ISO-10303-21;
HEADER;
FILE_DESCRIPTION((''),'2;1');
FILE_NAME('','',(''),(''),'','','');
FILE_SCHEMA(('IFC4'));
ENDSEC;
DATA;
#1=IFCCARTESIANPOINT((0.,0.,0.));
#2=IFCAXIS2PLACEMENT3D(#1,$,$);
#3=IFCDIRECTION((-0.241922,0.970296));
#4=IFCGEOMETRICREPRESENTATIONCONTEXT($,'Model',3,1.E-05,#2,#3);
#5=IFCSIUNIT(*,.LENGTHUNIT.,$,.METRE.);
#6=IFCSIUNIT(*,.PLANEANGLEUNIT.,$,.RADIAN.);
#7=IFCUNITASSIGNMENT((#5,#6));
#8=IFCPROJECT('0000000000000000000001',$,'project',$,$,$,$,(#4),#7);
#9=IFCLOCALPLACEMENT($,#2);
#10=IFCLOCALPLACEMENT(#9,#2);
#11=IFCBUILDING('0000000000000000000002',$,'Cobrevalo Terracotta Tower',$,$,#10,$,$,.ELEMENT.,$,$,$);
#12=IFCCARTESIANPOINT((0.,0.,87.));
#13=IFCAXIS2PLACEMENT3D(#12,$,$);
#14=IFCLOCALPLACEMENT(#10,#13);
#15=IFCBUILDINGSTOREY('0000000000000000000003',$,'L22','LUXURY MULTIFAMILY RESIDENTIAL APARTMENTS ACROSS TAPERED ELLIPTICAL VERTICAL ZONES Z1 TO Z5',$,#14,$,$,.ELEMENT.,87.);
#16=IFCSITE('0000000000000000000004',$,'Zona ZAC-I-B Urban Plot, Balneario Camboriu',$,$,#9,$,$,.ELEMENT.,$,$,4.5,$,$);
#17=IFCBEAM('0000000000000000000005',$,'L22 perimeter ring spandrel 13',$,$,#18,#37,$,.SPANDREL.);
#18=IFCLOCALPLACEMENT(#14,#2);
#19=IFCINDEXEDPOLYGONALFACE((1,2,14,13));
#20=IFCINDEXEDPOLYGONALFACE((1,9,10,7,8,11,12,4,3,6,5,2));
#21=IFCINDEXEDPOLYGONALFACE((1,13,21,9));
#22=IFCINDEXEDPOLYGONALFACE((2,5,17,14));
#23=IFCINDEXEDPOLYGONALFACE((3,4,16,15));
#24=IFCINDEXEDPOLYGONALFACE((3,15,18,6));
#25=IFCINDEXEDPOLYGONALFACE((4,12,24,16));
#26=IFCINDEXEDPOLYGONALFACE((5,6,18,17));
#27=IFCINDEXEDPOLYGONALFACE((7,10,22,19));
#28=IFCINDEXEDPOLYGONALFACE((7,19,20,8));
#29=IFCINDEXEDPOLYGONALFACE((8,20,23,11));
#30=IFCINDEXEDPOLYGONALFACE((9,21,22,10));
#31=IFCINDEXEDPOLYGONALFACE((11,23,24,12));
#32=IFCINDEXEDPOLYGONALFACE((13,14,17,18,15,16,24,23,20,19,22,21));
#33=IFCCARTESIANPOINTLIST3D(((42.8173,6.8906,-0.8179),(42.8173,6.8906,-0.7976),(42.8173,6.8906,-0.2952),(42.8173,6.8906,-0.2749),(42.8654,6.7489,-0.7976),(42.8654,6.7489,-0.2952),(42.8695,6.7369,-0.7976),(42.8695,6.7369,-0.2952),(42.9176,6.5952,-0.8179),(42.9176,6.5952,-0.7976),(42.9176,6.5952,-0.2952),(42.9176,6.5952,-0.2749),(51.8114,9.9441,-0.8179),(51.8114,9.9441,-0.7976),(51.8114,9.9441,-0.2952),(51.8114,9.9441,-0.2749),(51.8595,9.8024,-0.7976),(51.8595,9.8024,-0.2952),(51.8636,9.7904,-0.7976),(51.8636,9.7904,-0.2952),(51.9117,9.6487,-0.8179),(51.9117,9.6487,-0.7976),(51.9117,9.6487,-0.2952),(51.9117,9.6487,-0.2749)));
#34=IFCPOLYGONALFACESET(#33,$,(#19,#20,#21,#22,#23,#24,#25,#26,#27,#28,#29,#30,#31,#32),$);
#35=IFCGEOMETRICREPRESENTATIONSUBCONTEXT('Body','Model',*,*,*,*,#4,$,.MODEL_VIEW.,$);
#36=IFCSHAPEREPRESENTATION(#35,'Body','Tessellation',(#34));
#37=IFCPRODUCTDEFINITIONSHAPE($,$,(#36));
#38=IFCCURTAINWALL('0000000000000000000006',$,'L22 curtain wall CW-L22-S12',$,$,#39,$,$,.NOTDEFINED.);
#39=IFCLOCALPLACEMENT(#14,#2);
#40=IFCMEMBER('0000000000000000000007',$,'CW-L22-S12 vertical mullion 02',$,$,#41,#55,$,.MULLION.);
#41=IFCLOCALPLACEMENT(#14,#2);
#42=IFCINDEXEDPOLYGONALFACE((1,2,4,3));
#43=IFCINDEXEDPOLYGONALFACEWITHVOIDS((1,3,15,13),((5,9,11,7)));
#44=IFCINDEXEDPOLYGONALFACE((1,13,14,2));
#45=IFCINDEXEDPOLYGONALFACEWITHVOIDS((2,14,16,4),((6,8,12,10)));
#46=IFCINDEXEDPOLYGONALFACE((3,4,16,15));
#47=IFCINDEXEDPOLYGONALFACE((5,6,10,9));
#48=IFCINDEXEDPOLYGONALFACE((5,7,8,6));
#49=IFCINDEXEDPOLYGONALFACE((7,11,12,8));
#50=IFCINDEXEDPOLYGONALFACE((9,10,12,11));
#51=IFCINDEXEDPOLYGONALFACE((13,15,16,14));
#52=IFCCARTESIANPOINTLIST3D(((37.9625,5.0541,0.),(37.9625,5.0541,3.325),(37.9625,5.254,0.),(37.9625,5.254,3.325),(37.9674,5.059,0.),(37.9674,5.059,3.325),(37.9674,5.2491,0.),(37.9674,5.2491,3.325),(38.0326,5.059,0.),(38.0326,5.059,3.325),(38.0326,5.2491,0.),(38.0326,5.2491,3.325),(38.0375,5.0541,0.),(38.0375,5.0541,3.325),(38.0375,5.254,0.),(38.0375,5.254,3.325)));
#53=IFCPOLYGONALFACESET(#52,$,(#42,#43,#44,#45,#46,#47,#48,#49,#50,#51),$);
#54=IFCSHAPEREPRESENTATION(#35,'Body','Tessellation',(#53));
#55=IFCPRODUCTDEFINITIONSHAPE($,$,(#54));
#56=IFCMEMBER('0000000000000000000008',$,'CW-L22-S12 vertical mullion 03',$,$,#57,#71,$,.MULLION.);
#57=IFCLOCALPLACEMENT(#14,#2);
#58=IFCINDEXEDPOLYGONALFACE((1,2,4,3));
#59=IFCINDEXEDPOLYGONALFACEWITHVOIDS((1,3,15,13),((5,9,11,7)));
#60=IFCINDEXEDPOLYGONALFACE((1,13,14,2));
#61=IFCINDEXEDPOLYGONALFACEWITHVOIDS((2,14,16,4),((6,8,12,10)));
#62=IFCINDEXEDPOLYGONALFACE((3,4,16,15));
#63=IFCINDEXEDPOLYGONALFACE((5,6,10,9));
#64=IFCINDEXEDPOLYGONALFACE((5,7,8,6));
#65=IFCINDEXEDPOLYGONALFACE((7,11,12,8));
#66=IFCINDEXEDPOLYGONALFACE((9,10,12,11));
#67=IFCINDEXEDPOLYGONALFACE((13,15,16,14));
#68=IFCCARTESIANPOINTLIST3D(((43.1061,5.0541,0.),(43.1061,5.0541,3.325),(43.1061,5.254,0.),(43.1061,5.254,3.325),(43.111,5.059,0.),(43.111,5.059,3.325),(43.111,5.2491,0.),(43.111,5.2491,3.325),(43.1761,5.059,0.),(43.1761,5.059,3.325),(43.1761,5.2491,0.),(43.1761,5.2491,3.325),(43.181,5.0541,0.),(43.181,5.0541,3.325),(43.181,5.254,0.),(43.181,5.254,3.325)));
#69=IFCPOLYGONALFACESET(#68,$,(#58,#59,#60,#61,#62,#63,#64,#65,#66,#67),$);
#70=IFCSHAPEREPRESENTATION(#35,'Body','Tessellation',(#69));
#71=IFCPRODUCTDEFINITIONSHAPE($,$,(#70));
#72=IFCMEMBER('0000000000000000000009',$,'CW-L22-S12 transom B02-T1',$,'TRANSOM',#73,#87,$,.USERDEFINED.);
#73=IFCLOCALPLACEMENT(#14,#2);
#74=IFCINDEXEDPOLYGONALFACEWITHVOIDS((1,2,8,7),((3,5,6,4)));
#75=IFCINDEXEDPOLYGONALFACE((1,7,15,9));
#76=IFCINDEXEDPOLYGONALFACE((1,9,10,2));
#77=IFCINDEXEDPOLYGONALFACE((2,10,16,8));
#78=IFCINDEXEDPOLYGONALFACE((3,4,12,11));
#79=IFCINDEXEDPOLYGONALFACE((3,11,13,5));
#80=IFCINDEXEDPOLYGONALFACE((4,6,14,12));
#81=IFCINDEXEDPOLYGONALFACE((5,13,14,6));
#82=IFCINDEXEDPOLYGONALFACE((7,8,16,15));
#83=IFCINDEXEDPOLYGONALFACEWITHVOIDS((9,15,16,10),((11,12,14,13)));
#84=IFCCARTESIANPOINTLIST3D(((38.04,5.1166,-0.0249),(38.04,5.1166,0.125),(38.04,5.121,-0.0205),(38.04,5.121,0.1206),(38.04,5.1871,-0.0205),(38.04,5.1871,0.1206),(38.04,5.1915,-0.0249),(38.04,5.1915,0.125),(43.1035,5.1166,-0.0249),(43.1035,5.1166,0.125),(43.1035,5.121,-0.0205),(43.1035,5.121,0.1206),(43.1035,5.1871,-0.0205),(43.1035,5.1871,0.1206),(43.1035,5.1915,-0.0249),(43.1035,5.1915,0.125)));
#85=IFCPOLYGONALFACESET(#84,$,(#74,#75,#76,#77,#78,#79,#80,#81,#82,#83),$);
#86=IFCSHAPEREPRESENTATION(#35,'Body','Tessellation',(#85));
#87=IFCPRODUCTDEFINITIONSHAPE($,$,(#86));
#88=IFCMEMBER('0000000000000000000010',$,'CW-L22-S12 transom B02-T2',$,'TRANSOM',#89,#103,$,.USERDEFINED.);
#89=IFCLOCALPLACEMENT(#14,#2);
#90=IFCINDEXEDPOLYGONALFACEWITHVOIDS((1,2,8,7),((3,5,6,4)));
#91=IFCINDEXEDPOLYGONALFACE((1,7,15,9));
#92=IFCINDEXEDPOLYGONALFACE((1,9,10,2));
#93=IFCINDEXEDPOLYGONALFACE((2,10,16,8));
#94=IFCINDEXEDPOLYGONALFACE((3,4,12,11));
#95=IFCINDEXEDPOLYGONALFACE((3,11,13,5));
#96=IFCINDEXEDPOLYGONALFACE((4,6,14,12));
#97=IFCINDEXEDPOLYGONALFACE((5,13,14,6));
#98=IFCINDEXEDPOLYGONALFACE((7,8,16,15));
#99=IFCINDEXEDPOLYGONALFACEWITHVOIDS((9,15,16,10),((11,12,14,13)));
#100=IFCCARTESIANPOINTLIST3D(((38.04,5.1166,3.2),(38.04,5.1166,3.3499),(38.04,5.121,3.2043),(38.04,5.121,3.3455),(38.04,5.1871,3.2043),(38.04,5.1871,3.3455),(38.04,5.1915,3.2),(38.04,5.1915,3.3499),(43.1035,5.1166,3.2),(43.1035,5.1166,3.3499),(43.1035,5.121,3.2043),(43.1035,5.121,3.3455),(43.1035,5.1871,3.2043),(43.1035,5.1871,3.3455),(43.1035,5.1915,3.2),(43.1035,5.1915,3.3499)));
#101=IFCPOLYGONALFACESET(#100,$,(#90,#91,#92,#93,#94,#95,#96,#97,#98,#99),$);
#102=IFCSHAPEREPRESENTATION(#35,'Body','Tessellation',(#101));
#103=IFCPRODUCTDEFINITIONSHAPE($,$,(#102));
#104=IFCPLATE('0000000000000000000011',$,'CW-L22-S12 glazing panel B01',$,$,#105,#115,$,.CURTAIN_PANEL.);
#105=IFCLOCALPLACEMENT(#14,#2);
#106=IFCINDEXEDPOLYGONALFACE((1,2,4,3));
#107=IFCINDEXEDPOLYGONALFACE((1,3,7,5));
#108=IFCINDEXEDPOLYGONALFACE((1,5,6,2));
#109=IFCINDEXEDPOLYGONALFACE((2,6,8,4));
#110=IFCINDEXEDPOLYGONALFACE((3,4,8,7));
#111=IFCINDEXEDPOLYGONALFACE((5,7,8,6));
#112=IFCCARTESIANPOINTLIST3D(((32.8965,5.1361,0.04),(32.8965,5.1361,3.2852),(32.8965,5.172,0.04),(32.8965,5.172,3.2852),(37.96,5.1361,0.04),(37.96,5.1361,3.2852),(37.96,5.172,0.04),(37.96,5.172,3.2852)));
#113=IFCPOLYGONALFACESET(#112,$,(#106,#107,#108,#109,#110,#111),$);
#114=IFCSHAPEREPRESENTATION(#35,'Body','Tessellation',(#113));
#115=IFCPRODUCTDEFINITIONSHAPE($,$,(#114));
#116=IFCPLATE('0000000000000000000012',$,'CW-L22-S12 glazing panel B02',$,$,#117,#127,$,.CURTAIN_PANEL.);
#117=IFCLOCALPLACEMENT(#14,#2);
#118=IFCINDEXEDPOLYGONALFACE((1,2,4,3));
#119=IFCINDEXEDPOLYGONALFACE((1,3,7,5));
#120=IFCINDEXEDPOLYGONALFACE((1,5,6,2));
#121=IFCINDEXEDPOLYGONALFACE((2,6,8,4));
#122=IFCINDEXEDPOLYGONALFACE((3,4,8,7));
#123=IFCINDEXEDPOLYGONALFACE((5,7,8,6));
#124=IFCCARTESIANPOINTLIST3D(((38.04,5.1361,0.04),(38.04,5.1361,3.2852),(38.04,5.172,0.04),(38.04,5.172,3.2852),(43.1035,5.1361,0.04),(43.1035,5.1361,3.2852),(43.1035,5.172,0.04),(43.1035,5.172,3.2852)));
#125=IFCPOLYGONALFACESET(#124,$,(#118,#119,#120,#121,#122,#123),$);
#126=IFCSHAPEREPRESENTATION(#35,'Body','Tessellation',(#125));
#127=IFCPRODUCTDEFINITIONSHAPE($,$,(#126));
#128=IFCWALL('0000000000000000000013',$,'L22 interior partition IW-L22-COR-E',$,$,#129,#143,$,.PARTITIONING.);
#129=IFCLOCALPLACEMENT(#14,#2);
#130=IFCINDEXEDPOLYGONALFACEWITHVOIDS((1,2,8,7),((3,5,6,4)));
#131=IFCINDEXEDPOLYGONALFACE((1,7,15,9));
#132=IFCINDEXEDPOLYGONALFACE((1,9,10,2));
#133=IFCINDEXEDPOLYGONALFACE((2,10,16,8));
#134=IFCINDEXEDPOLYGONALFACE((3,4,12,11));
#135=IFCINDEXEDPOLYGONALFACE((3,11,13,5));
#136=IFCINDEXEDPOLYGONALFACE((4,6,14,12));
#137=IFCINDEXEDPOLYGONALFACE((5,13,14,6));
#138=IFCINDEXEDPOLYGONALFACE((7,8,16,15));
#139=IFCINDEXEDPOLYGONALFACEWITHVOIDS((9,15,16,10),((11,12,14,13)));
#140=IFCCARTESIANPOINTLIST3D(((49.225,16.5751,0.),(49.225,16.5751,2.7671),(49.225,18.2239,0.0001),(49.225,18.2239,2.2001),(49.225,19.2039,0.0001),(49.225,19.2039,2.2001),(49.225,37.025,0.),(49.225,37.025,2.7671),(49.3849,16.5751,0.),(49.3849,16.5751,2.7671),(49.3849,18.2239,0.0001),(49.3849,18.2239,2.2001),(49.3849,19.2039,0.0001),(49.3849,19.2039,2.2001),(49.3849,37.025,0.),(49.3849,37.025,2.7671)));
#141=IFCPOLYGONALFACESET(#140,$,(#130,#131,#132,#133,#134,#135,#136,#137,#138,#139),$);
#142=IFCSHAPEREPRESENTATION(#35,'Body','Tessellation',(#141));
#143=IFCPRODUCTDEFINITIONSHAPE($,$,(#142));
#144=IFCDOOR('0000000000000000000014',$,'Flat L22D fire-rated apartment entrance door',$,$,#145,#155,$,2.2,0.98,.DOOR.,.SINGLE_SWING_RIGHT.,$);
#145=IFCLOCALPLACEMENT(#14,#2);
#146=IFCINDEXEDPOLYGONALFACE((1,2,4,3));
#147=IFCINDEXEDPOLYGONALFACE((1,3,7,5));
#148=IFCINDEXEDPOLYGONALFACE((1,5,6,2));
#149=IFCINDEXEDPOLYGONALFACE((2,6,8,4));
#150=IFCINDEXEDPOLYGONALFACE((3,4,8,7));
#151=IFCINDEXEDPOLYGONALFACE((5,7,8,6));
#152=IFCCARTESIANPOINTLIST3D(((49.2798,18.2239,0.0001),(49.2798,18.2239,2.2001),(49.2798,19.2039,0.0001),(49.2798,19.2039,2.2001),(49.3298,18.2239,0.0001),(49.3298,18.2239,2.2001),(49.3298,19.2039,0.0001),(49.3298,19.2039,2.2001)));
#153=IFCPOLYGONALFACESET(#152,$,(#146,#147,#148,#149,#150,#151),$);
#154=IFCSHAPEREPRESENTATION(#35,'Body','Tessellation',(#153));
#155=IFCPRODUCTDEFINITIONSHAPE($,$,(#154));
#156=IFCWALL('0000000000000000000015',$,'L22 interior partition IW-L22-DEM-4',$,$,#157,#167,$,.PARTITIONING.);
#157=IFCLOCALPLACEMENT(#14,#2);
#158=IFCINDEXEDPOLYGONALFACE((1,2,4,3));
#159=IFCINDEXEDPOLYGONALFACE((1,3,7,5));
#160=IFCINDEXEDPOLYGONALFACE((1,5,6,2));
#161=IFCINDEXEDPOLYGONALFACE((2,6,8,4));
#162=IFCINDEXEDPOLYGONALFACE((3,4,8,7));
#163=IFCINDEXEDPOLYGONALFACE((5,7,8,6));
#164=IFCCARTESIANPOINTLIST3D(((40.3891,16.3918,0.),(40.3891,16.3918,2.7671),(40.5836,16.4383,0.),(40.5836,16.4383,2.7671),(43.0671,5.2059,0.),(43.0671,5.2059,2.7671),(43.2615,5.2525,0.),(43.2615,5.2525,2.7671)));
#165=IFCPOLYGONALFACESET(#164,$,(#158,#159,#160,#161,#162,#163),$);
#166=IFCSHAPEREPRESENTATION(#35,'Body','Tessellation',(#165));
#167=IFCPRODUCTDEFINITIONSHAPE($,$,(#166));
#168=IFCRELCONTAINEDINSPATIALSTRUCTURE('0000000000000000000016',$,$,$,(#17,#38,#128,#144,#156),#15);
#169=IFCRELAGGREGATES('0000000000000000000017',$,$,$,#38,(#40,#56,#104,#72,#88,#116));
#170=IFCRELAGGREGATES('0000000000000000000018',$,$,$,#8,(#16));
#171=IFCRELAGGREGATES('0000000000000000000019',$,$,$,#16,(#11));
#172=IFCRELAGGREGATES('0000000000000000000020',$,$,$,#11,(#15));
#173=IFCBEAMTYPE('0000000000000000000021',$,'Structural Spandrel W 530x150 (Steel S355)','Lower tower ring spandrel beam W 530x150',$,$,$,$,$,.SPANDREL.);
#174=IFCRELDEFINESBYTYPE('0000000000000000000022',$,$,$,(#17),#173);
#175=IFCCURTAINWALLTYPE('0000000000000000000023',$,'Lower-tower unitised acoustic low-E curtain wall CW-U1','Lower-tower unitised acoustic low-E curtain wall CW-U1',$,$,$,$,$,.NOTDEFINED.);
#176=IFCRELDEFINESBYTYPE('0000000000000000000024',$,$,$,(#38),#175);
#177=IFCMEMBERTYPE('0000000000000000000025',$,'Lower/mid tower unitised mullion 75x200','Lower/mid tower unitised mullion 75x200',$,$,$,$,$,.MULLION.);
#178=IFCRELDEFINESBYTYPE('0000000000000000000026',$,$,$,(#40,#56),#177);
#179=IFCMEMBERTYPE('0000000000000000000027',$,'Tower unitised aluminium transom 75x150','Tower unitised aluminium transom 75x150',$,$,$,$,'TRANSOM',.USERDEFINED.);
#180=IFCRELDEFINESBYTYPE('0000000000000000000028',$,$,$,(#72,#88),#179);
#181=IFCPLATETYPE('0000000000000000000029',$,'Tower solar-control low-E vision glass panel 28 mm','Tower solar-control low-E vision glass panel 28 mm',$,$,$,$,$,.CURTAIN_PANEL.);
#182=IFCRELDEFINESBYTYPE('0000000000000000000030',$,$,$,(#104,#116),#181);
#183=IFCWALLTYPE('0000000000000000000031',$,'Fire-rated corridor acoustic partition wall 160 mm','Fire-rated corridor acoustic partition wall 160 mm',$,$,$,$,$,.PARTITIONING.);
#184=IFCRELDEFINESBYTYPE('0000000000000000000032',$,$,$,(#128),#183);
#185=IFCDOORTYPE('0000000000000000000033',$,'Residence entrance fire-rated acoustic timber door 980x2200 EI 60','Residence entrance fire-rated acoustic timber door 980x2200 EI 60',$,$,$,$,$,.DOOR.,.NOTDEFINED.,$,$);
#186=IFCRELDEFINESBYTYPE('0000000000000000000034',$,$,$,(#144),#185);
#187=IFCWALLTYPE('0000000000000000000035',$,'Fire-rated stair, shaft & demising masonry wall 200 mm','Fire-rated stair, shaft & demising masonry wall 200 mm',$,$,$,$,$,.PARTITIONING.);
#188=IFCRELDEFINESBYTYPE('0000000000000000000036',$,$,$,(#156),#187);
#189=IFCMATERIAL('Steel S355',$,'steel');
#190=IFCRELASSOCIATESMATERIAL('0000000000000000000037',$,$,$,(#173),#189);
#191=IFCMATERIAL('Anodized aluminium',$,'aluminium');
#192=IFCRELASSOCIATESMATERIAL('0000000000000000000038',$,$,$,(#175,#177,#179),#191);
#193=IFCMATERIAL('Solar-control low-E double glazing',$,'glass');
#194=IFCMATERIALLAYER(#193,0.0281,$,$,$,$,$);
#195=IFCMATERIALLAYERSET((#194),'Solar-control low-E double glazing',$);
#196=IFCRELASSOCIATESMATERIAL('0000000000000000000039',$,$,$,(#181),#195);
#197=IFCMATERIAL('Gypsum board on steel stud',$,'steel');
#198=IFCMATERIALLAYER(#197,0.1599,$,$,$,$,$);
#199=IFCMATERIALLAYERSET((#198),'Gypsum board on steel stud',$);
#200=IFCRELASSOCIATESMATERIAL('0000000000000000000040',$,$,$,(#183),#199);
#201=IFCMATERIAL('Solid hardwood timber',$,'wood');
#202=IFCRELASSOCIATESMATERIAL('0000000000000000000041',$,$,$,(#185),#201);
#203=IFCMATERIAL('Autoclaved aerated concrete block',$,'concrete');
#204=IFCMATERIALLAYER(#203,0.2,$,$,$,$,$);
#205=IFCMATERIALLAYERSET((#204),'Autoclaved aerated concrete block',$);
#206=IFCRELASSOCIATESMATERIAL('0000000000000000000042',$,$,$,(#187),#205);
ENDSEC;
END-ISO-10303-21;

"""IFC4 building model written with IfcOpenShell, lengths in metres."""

from ifc_helpers import new_model, si_unit, direction, frame, frame_2d, origin, origin_2d, place, context, subcontext, project, spatial, rectangle, hollow_rectangle, i_section, extrude, source, transform, mapped, material, layer, layer_set, material_profile, profile_set, type_object, element, fill, aggregate, save


model = new_model("IFC4")

# Units and contexts
model_context = context("Model", 3, precision=1e-05, world=origin(), true_north=direction((-0.241922, 0.970296)))
body_context = subcontext(model_context, "Body", "Model", "MODEL_VIEW")
ifc_project = project(units=[si_unit("LENGTHUNIT", "METRE"), si_unit("PLANEANGLEUNIT", "RADIAN")], contexts=[model_context])

# Site, building, storey
site_placement = place(None, origin())
site = spatial("IfcSite", under=ifc_project, at=site_placement, Name="Zona ZAC-I-B Urban Plot, Balneario Camboriu", CompositionType="ELEMENT", RefElevation=4.5)
building_placement = place(site_placement, origin())
building = spatial("IfcBuilding", under=site, at=building_placement, Name="Cobrevalo Terracotta Tower", CompositionType="ELEMENT")
storey_placement = place(building_placement, frame((0.0, 0.0, 87.0)))
storey = spatial("IfcBuildingStorey", under=building, at=storey_placement, Name="L22", Description="LUXURY MULTIFAMILY RESIDENTIAL APARTMENTS ACROSS TAPERED ELLIPTICAL VERTICAL ZONES Z1 TO Z5", CompositionType="ELEMENT", Elevation=87.0)

# Shared definitions
ifc_material_1 = material(Name="Steel S355", Category="steel")

# Beam
ifc_material_profile_1 = material_profile(ifc_material_1, i_section(OverallWidth=0.312, OverallDepth=0.543, WebThickness=0.0127, FlangeThickness=0.0203, at=origin_2d()), Name="W 530x150")
ifc_profile_set_1 = profile_set([ifc_material_profile_1], Name="Steel S355")
beam_type_1 = type_object("IfcBeamType", Name="Structural Spandrel W 530x150 (Steel S355)", Description="Lower tower ring spandrel beam W 530x150", PredefinedType="SPANDREL", material=ifc_profile_set_1)
beam_1_placement = place(storey_placement, frame((42.8674, 6.7429, -0.5464), z_axis=(0.946918, 0.321474, 0.0), x_axis=(-0.321474, 0.946918, 0.0)))
element("IfcBeam", 1, at=beam_1_placement, inside=storey, type_object=beam_type_1, Name="L22 perimeter ring spandrel 13", PredefinedType="SPANDREL", context=body_context, shape_type="SweptSolid", body=[
    extrude(i_section(OverallWidth=0.312, OverallDepth=0.543, WebThickness=0.0127, FlangeThickness=0.0203, at=origin_2d()), origin(), (0.0, 0.0, 1.0), 9.4983),
])

# Curtain wall, members, plates
ifc_material_2 = material(Name="Anodized aluminium", Category="aluminium")
curtain_wall_type = type_object("IfcCurtainWallType", Name="Lower-tower unitised acoustic low-E curtain wall CW-U1", Description="Lower-tower unitised acoustic low-E curtain wall CW-U1", PredefinedType="NOTDEFINED", material=ifc_material_2)
curtain_wall_placement = place(storey_placement, origin())
curtain_wall = element("IfcCurtainWall", 2, at=curtain_wall_placement, inside=storey, type_object=curtain_wall_type, Name="L22 curtain wall CW-L22-S12", PredefinedType="NOTDEFINED")
ifc_material_profile_2 = material_profile(ifc_material_2, hollow_rectangle(XDim=0.075, YDim=0.2, WallThickness=0.0049, at=origin_2d()), Name="CWM 75x200")
ifc_profile_set_2 = profile_set([ifc_material_profile_2], Name="Anodized aluminium")
member_type_1 = type_object("IfcMemberType", Name="Lower/mid tower unitised mullion 75x200", Description="Lower/mid tower unitised mullion 75x200", PredefinedType="MULLION", material=ifc_profile_set_2)
shared_shape_1 = source(origin(), body_context, "Body", "SweptSolid", [
    extrude(hollow_rectangle(XDim=0.075, YDim=0.2, WallThickness=0.0049, at=origin_2d()), origin(), (0.0, 0.0, 1.0), 3.325),
])
member_1_placement = place(storey_placement, frame((38.0, 5.1541, 0.0), z_axis=(0.0, 0.0, 1.0), x_axis=(1.0, 0.0, 0.0)))
member_1 = element("IfcMember", 3, at=member_1_placement, type_object=member_type_1, Name="CW-L22-S12 vertical mullion 02", PredefinedType="MULLION", context=body_context, shape_type="MappedRepresentation", body=[
    mapped(shared_shape_1, transform((0.0, 0.0, 0.0), scale=1.0)),
])
member_2_placement = place(storey_placement, frame((43.1436, 5.1541, 0.0), z_axis=(0.0, 0.0, 1.0), x_axis=(1.0, 0.0, 0.0)))
member_2 = element("IfcMember", 4, at=member_2_placement, type_object=member_type_1, Name="CW-L22-S12 vertical mullion 03", PredefinedType="MULLION", context=body_context, shape_type="MappedRepresentation", body=[
    mapped(shared_shape_1, transform((0.0, 0.0, 0.0), scale=1.0)),
])
ifc_material_profile_3 = material_profile(ifc_material_2, hollow_rectangle(XDim=0.075, YDim=0.1499, WallThickness=0.0044, at=origin_2d()), Name="CWT 75x150")
ifc_profile_set_3 = profile_set([ifc_material_profile_3], Name="Anodized aluminium")
member_type_2 = type_object("IfcMemberType", Name="Tower unitised aluminium transom 75x150", Description="Tower unitised aluminium transom 75x150", ElementType="TRANSOM", PredefinedType="USERDEFINED", material=ifc_profile_set_3)
shared_shape_2 = source(origin(), body_context, "Body", "SweptSolid", [
    extrude(hollow_rectangle(XDim=0.075, YDim=0.1499, WallThickness=0.0044, at=origin_2d()), origin(), (0.0, 0.0, 1.0), 5.0635),
])
member_3_placement = place(storey_placement, frame((38.04, 5.1541, 0.05), z_axis=(1.0, 0.0, 0.0), x_axis=(0.0, 1.0, 0.0)))
member_3 = element("IfcMember", 5, at=member_3_placement, type_object=member_type_2, Name="CW-L22-S12 transom B02-T1", ObjectType="TRANSOM", PredefinedType="USERDEFINED", context=body_context, shape_type="MappedRepresentation", body=[
    mapped(shared_shape_2, transform((0.0, 0.0, 0.0), scale=1.0)),
])
member_4_placement = place(storey_placement, frame((38.04, 5.1541, 3.2749), z_axis=(1.0, 0.0, 0.0), x_axis=(0.0, 1.0, 0.0)))
member_4 = element("IfcMember", 6, at=member_4_placement, type_object=member_type_2, Name="CW-L22-S12 transom B02-T2", ObjectType="TRANSOM", PredefinedType="USERDEFINED", context=body_context, shape_type="MappedRepresentation", body=[
    mapped(shared_shape_2, transform((0.0, 0.0, 0.0), scale=1.0)),
])
ifc_material_3 = material(Name="Solar-control low-E double glazing", Category="glass")
ifc_layer_1 = layer(ifc_material_3, 0.0281)
ifc_layer_set_1 = layer_set([ifc_layer_1], Name="Solar-control low-E double glazing")
plate_type = type_object("IfcPlateType", Name="Tower solar-control low-E vision glass panel 28 mm", Description="Tower solar-control low-E vision glass panel 28 mm", PredefinedType="CURTAIN_PANEL", material=ifc_layer_set_1)
shared_shape_3 = source(origin(), body_context, "Body", "SweptSolid", [
    extrude(rectangle(XDim=5.0635, YDim=0.0359, at=origin_2d()), origin(), (0.0, 0.0, 1.0), 3.2451),
])
plate_1_placement = place(storey_placement, frame((35.4282, 5.1541, 0.04), z_axis=(0.0, 0.0, 1.0), x_axis=(1.0, 0.0, 0.0)))
plate_1 = element("IfcPlate", 7, at=plate_1_placement, type_object=plate_type, Name="CW-L22-S12 glazing panel B01", PredefinedType="CURTAIN_PANEL", context=body_context, shape_type="MappedRepresentation", body=[
    mapped(shared_shape_3, transform((0.0, 0.0, 0.0), scale=1.0)),
])
plate_2_placement = place(storey_placement, frame((40.5718, 5.1541, 0.04), z_axis=(0.0, 0.0, 1.0), x_axis=(1.0, 0.0, 0.0)))
plate_2 = element("IfcPlate", 8, at=plate_2_placement, type_object=plate_type, Name="CW-L22-S12 glazing panel B02", PredefinedType="CURTAIN_PANEL", context=body_context, shape_type="MappedRepresentation", body=[
    mapped(shared_shape_3, transform((0.0, 0.0, 0.0), scale=1.0)),
])
aggregate(curtain_wall, [member_1, member_2, plate_1, member_3, member_4, plate_2])

# Wall, opening, door
ifc_material_4 = material(Name="Gypsum board on steel stud", Category="steel")
ifc_layer_2 = layer(ifc_material_4, 0.1599)
ifc_layer_set_2 = layer_set([ifc_layer_2], Name="Gypsum board on steel stud")
wall_type_1 = type_object("IfcWallType", Name="Fire-rated corridor acoustic partition wall 160 mm", Description="Fire-rated corridor acoustic partition wall 160 mm", PredefinedType="PARTITIONING", material=ifc_layer_set_2)
wall_1_placement = place(storey_placement, frame((49.3049, 16.575, 0.0), z_axis=(0.0, 0.0, 1.0), x_axis=(0.0, 1.0, 0.0)))
wall_1 = element("IfcWall", 9, at=wall_1_placement, inside=storey, type_object=wall_type_1, Name="L22 interior partition IW-L22-COR-E", PredefinedType="PARTITIONING", context=body_context, shape_type="SweptSolid", body=[
    extrude(rectangle(XDim=20.45, YDim=0.1599, at=frame_2d((10.2251, 0.0))), origin(), (0.0, 0.0, 1.0), 2.7671),
])
opening_1_placement = place(wall_1_placement, frame((1.6489, 0.0, 0.0)))
opening_1 = element("IfcOpeningElement", 10, at=opening_1_placement, cuts=wall_1, PredefinedType="OPENING", context=body_context, shape_type="SweptSolid", body=[
    extrude(rectangle(XDim=0.98, YDim=2.2, at=frame_2d((0.49, 1.1001))), frame((0.0, 0.0898, 0.0), z_axis=(0.0, -1.0, 0.0), x_axis=(1.0, 0.0, 0.0)), (0.0, 0.0, 1.0), 0.1799),
])
ifc_material_5 = material(Name="Solid hardwood timber", Category="wood")
door_type_1 = type_object("IfcDoorType", Name="Residence entrance fire-rated acoustic timber door 980x2200 EI 60", Description="Residence entrance fire-rated acoustic timber door 980x2200 EI 60", OperationType="NOTDEFINED", PredefinedType="DOOR", material=ifc_material_5)
shared_shape_4 = source(origin(), body_context, "Body", "SweptSolid", [
    extrude(rectangle(XDim=0.98, YDim=2.2, at=frame_2d((0.49, 1.1001))), frame((0.0, 0.0249, 0.0), z_axis=(0.0, -1.0, 0.0), x_axis=(1.0, 0.0, 0.0)), (0.0, 0.0, 1.0), 0.05),
])
door_1_placement = place(opening_1_placement, frame((0.98, 0.0, 0.0), z_axis=(0.0, 0.0, 1.0), x_axis=(-1.0, 0.0, 0.0)))
door_1 = element("IfcDoor", 11, at=door_1_placement, inside=storey, type_object=door_type_1, Name="Flat L22D fire-rated apartment entrance door", OperationType="SINGLE_SWING_RIGHT", OverallHeight=2.2, OverallWidth=0.98, PredefinedType="DOOR", context=body_context, shape_type="MappedRepresentation", body=[
    mapped(shared_shape_4, transform((0.0, 0.0, 0.0), scale=1.0)),
])
fill(opening_1, door_1)

# Wall
ifc_material_6 = material(Name="Autoclaved aerated concrete block", Category="concrete")
ifc_layer_3 = layer(ifc_material_6, 0.2)
ifc_layer_set_3 = layer_set([ifc_layer_3], Name="Autoclaved aerated concrete block")
wall_type_2 = type_object("IfcWallType", Name="Fire-rated stair, shaft & demising masonry wall 200 mm", Description="Fire-rated stair, shaft & demising masonry wall 200 mm", PredefinedType="PARTITIONING", material=ifc_layer_set_3)
wall_2_placement = place(storey_placement, frame((40.4863, 16.415, 0.0), z_axis=(0.0, 0.0, 1.0), x_axis=(0.232829, -0.972518, 0.0)))
element("IfcWall", 12, at=wall_2_placement, inside=storey, type_object=wall_type_2, Name="L22 interior partition IW-L22-DEM-4", PredefinedType="PARTITIONING", context=body_context, shape_type="SweptSolid", body=[
    extrude(rectangle(XDim=11.502, YDim=0.2, at=frame_2d((5.751, 0.0))), origin(), (0.0, 0.0, 1.0), 2.7671),
])

save(model, "model.ifc")
